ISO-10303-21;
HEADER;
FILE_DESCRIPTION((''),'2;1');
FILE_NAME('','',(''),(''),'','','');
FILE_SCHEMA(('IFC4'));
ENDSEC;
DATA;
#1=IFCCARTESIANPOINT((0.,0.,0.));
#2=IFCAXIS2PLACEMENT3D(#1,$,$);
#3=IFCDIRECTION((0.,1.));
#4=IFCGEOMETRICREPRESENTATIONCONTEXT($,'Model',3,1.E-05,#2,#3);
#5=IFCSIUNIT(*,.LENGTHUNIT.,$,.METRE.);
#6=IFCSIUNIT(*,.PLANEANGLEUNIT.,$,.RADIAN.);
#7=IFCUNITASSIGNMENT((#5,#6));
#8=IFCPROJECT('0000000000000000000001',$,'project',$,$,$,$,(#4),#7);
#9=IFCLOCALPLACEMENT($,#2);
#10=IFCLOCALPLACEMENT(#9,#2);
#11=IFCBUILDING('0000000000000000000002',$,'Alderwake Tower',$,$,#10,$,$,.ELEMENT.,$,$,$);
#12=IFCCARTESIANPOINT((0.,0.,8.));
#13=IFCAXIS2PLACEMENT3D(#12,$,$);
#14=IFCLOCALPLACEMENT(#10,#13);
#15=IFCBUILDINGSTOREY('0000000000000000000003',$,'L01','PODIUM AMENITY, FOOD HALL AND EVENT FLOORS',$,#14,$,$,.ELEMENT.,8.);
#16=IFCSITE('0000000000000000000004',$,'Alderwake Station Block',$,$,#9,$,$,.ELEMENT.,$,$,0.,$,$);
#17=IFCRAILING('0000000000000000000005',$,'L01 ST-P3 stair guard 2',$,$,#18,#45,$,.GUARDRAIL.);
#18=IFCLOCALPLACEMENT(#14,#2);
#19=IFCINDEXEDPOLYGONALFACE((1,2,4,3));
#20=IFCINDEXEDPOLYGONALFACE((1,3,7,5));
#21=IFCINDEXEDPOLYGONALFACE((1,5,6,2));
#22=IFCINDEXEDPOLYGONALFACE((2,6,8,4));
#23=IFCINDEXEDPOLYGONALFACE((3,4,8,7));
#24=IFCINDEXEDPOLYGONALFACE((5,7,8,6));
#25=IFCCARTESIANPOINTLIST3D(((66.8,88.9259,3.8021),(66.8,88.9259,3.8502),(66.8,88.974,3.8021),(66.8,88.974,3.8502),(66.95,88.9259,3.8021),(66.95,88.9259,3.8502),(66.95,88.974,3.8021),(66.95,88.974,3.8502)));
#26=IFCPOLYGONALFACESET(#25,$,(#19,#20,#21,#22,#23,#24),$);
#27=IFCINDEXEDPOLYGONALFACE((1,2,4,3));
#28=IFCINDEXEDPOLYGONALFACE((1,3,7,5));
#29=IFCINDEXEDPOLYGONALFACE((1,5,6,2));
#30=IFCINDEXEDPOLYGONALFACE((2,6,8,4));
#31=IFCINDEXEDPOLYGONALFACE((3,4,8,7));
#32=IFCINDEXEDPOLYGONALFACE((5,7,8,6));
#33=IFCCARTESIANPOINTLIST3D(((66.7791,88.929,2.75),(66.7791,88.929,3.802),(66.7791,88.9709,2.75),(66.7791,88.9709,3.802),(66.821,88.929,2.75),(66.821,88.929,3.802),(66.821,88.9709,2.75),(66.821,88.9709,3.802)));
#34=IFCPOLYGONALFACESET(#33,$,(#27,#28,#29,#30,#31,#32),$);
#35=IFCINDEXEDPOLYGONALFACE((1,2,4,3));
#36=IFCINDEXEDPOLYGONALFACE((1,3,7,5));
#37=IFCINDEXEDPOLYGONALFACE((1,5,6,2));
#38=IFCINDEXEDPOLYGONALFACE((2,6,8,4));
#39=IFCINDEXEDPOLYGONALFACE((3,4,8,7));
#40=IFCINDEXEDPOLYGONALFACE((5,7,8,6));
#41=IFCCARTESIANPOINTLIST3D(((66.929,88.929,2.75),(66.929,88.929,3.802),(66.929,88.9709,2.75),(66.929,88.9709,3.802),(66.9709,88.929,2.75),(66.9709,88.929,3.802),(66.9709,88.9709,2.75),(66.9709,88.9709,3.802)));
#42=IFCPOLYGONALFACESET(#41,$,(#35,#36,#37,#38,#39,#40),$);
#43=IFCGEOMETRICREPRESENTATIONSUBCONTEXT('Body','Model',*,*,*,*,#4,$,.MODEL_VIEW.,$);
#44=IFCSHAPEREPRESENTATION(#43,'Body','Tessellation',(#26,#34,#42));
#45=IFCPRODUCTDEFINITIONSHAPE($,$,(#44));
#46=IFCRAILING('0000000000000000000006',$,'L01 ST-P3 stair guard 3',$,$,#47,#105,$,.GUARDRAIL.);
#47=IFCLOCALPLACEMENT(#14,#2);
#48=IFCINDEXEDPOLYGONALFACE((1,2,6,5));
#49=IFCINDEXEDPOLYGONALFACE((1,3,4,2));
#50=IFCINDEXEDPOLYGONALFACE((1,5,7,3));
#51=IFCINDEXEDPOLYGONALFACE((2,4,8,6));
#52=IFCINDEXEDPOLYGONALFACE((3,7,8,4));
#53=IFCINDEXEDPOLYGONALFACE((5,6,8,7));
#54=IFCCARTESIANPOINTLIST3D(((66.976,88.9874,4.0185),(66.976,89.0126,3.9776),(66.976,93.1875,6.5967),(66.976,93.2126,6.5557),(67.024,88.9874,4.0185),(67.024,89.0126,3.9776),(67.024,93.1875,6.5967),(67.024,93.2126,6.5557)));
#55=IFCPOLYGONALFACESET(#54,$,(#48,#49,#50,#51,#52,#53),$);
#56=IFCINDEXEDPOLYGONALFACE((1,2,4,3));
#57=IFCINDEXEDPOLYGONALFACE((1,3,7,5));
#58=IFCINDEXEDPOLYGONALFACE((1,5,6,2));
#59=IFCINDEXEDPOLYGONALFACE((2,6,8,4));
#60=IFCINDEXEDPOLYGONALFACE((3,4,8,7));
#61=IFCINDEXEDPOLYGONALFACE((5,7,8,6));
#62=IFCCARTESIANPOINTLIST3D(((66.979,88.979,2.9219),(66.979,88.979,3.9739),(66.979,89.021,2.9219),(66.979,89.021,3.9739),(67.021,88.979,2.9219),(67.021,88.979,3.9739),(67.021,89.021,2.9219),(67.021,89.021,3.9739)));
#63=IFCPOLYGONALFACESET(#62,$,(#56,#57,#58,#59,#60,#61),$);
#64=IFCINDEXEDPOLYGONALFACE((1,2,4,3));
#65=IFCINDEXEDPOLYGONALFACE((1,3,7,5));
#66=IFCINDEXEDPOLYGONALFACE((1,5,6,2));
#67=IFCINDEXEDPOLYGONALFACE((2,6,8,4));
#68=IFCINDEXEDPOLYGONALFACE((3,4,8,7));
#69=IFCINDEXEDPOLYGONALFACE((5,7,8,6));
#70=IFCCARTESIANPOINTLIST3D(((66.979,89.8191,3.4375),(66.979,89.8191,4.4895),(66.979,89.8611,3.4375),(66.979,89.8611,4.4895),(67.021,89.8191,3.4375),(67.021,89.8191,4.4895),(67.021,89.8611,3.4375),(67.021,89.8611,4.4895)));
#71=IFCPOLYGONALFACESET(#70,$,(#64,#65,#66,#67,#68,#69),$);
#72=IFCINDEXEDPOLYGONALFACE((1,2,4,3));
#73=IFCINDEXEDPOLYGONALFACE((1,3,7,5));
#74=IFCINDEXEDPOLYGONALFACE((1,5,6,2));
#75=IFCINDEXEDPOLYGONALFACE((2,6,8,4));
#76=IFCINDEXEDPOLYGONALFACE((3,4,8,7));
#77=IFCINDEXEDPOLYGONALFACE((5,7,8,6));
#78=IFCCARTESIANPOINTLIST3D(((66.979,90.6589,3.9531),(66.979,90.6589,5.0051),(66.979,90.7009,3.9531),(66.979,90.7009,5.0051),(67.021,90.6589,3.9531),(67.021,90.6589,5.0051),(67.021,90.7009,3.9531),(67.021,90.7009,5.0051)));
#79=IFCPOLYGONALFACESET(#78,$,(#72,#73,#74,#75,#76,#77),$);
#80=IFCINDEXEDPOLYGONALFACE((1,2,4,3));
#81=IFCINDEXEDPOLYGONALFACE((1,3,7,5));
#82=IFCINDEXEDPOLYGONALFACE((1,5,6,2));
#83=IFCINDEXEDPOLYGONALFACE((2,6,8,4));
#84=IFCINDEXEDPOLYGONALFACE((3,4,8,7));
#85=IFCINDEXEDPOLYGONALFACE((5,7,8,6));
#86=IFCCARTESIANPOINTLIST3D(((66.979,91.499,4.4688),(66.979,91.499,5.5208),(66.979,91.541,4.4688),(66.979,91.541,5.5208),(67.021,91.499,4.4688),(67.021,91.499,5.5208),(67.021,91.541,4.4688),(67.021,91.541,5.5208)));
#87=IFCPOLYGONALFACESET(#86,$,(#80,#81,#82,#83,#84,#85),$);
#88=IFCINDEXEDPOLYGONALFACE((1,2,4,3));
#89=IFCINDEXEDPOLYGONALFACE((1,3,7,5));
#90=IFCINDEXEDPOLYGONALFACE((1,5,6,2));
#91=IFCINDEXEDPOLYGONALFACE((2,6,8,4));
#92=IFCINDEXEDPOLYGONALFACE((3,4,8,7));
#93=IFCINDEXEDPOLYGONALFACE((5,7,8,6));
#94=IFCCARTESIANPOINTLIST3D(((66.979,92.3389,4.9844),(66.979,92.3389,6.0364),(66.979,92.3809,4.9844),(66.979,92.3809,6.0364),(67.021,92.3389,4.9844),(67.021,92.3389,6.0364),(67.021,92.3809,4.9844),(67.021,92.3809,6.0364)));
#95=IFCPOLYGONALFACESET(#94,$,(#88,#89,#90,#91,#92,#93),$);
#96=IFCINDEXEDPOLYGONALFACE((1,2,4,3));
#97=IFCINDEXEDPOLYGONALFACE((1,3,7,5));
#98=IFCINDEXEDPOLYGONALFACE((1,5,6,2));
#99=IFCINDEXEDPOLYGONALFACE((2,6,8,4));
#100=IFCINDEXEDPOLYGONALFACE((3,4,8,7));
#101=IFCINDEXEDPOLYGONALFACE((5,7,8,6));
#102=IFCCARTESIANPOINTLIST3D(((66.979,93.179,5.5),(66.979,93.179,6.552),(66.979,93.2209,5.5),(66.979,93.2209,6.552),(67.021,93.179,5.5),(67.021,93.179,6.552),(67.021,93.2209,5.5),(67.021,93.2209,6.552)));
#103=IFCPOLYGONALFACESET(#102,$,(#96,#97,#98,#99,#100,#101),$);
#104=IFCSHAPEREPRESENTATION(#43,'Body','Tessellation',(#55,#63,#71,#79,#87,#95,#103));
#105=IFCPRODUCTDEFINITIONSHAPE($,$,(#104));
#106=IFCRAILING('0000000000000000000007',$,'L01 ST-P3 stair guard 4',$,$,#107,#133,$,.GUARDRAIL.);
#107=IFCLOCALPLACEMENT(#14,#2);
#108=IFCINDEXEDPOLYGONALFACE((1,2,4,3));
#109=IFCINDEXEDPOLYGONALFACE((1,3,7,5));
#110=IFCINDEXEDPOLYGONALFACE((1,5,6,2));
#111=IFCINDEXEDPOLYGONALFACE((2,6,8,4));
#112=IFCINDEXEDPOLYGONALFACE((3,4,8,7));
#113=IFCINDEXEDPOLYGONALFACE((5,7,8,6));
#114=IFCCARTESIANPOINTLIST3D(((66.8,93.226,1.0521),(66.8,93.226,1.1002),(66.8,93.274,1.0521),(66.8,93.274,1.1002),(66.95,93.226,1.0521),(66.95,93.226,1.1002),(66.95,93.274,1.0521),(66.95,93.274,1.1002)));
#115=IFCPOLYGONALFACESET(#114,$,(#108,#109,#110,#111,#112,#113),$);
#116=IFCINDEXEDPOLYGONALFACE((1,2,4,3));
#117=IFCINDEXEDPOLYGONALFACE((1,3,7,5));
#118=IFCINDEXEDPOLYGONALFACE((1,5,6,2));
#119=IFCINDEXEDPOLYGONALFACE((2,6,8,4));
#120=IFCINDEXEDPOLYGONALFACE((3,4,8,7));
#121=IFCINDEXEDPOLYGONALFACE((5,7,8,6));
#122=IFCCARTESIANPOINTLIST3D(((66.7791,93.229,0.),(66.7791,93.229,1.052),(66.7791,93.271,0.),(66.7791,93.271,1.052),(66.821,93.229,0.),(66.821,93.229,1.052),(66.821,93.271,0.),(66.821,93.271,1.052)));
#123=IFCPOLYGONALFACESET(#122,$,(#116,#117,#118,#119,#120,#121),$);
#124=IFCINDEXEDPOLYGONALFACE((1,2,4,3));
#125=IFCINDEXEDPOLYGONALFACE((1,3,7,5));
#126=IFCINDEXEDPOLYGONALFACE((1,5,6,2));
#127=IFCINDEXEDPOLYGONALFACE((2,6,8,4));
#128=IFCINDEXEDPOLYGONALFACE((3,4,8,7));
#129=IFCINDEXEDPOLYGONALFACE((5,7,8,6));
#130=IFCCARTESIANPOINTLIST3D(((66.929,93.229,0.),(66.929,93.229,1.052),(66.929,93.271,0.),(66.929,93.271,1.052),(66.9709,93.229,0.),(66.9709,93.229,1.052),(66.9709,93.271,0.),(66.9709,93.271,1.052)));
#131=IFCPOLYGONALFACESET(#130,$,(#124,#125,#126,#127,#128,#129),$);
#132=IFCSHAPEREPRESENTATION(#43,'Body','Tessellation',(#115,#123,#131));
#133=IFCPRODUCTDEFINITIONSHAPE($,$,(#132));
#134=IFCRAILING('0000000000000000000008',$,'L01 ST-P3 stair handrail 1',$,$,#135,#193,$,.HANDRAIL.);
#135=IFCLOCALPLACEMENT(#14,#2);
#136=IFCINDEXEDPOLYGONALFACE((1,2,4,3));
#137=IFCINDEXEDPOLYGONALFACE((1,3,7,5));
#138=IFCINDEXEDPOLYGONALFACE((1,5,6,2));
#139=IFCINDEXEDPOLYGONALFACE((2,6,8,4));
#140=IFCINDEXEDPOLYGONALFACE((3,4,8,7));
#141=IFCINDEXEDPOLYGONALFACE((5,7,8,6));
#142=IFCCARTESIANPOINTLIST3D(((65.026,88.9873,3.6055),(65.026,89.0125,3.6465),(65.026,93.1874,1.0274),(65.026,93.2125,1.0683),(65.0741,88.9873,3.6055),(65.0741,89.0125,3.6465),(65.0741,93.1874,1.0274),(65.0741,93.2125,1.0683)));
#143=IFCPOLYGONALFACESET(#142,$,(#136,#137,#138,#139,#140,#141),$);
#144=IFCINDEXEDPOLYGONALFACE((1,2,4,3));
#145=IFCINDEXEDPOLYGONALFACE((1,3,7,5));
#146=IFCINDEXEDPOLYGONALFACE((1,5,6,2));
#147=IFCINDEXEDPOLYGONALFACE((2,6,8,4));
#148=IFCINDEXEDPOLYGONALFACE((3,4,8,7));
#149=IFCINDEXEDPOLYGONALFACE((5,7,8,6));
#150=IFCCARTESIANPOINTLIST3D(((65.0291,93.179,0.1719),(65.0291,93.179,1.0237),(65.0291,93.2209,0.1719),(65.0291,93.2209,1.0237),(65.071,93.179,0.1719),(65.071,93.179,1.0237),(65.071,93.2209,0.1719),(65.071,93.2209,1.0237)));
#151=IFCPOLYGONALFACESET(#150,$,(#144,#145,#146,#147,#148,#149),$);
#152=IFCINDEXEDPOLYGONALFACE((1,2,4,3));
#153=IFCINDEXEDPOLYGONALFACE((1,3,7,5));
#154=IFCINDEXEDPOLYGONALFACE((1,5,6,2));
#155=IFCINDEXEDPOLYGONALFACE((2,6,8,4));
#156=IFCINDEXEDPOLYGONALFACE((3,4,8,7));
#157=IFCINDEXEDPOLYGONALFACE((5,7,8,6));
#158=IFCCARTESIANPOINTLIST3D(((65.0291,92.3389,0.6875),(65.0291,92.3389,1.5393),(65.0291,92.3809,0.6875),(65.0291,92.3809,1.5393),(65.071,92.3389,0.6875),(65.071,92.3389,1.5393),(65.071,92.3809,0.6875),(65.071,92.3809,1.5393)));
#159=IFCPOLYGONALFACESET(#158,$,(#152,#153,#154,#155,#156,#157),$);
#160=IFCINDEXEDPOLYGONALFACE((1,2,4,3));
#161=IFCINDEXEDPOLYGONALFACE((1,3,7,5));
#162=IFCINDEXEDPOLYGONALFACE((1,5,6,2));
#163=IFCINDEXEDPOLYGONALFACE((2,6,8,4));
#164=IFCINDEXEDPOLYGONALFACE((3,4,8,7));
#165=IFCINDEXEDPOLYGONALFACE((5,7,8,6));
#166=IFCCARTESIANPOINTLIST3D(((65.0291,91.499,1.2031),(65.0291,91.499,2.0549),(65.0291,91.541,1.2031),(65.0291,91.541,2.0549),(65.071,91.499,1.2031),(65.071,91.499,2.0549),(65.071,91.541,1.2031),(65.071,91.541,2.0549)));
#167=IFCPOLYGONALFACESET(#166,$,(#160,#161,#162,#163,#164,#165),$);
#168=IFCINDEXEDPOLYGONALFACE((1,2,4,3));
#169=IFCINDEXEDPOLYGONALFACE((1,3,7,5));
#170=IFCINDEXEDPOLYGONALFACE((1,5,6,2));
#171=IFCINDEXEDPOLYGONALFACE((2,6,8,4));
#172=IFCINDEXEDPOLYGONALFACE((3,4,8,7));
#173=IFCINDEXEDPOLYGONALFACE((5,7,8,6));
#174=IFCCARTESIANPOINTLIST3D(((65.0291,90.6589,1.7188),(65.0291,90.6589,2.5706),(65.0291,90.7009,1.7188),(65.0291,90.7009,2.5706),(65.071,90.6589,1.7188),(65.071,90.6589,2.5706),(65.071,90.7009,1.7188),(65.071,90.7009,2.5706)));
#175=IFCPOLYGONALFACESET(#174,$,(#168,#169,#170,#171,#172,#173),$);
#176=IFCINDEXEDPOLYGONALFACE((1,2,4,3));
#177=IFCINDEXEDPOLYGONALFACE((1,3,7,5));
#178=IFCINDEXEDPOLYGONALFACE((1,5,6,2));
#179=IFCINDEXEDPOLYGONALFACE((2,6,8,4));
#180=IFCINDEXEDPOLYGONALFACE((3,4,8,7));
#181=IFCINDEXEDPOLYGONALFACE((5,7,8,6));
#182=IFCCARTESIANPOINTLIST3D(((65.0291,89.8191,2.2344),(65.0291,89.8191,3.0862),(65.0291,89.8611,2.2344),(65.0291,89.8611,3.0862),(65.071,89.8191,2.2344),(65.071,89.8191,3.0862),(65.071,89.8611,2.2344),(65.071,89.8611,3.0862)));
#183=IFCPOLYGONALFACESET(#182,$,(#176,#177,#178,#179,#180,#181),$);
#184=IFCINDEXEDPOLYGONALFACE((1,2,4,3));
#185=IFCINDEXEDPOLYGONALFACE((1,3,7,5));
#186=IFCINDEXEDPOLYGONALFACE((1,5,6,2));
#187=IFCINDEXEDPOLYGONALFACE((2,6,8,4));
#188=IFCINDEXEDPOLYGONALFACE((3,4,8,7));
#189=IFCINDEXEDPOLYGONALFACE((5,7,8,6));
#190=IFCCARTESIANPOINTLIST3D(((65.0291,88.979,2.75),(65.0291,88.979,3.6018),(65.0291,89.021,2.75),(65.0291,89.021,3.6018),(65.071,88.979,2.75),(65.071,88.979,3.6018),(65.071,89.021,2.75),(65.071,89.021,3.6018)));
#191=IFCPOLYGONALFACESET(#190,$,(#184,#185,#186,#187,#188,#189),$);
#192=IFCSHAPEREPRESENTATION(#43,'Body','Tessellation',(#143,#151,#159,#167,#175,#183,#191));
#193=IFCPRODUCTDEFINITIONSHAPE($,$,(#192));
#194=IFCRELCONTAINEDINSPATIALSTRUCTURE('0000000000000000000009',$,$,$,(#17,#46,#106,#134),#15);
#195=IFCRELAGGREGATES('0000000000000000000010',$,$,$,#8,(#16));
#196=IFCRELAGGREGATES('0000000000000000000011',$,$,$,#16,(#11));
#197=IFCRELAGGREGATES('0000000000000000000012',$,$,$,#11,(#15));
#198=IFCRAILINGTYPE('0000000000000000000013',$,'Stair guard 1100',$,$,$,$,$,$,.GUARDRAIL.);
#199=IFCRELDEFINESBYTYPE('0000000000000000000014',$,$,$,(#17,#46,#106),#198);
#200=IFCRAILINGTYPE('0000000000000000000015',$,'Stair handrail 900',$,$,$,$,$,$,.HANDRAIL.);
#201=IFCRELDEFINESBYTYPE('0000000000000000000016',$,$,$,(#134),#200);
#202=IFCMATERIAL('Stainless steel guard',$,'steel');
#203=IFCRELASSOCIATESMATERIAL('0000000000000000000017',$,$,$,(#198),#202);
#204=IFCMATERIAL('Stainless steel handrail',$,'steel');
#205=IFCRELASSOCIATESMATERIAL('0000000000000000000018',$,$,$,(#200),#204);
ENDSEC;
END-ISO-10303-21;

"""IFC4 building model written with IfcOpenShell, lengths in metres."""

from ifc_helpers import new_model, si_unit, direction, frame, origin, origin_with_axes, origin_2d, place, context, subcontext, project, spatial, rectangle, extrude, material, type_object, element, save


model = new_model("IFC4")

# Units and contexts
model_context = context("Model", 3, precision=1e-05, world=origin(), true_north=direction((0.0, 1.0)))
body_context = subcontext(model_context, "Body", "Model", "MODEL_VIEW")
ifc_project = project(units=[si_unit("LENGTHUNIT", "METRE"), si_unit("PLANEANGLEUNIT", "RADIAN")], contexts=[model_context])

# Site, building, storey
site_placement = place(None, origin())
site = spatial("IfcSite", under=ifc_project, at=site_placement, Name="Alderwake Station Block", CompositionType="ELEMENT", RefElevation=0.0)
building_placement = place(site_placement, origin())
building = spatial("IfcBuilding", under=site, at=building_placement, Name="Alderwake Tower", CompositionType="ELEMENT")
storey_placement = place(building_placement, frame((0.0, 0.0, 8.0)))
storey = spatial("IfcBuildingStorey", under=building, at=storey_placement, Name="L01", Description="PODIUM AMENITY, FOOD HALL AND EVENT FLOORS", CompositionType="ELEMENT", Elevation=8.0)

# Railings
ifc_material_1 = material(Name="Stainless steel guard", Category="steel")
railing_type_1 = type_object("IfcRailingType", Name="Stair guard 1100", PredefinedType="GUARDRAIL", material=ifc_material_1)
railing_1_placement = place(storey_placement, frame((66.8, 88.95, 2.75)))
element("IfcRailing", 1, at=railing_1_placement, inside=storey, type_object=railing_type_1, Name="L01 ST-P3 stair guard 2", PredefinedType="GUARDRAIL", context=body_context, shape_type="SweptSolid", body=[
    extrude(rectangle(XDim=0.0481, YDim=0.0481, at=origin_2d()), frame((0.0, 0.0, 1.0762), z_axis=(1.0, 0.0, 0.0), x_axis=(0.0, 1.0, 0.0)), (0.0, 0.0, 1.0), 0.1499),
    extrude(rectangle(XDim=0.042, YDim=0.042, at=origin_2d()), origin_with_axes(), (0.0, 0.0, 1.0), 1.052),
    extrude(rectangle(XDim=0.042, YDim=0.042, at=origin_2d()), frame((0.1499, 0.0, 0.0), z_axis=(0.0, 0.0, 1.0), x_axis=(1.0, 0.0, 0.0)), (0.0, 0.0, 1.0), 1.052),
])
railing_2_placement = place(storey_placement, frame((67.0, 89.0, 2.9219)))
element("IfcRailing", 2, at=railing_2_placement, inside=storey, type_object=railing_type_1, Name="L01 ST-P3 stair guard 3", PredefinedType="GUARDRAIL", context=body_context, shape_type="SweptSolid", body=[
    extrude(rectangle(XDim=0.0481, YDim=0.0481, at=origin_2d()), frame((0.0, 0.0, 1.0762), z_axis=(0.0, 0.852243, 0.523146), x_axis=(-1.0, 0.0, 0.0)), (0.0, 0.0, 1.0), 4.9282),
    extrude(rectangle(XDim=0.042, YDim=0.042, at=origin_2d()), frame((0.0, 0.0, 0.0), z_axis=(0.0, 0.0, 1.0), x_axis=(0.0, 1.0, 0.0)), (0.0, 0.0, 1.0), 1.052),
    extrude(rectangle(XDim=0.042, YDim=0.042, at=origin_2d()), frame((0.0, 0.8401, 0.5156), z_axis=(0.0, 0.0, 1.0), x_axis=(0.0, 1.0, 0.0)), (0.0, 0.0, 1.0), 1.052),
    extrude(rectangle(XDim=0.042, YDim=0.042, at=origin_2d()), frame((0.0, 1.6799, 1.0312), z_axis=(0.0, 0.0, 1.0), x_axis=(0.0, 1.0, 0.0)), (0.0, 0.0, 1.0), 1.052),
    extrude(rectangle(XDim=0.042, YDim=0.042, at=origin_2d()), frame((0.0, 2.52, 1.5469), z_axis=(0.0, 0.0, 1.0), x_axis=(0.0, 1.0, 0.0)), (0.0, 0.0, 1.0), 1.052),
    extrude(rectangle(XDim=0.042, YDim=0.042, at=origin_2d()), frame((0.0, 3.3599, 2.0625), z_axis=(0.0, 0.0, 1.0), x_axis=(0.0, 1.0, 0.0)), (0.0, 0.0, 1.0), 1.052),
    extrude(rectangle(XDim=0.042, YDim=0.042, at=origin_2d()), frame((0.0, 4.2, 2.5781), z_axis=(0.0, 0.0, 1.0), x_axis=(0.0, 1.0, 0.0)), (0.0, 0.0, 1.0), 1.052),
])
railing_3_placement = place(storey_placement, frame((66.8, 93.25, 0.0)))
element("IfcRailing", 3, at=railing_3_placement, inside=storey, type_object=railing_type_1, Name="L01 ST-P3 stair guard 4", PredefinedType="GUARDRAIL", context=body_context, shape_type="SweptSolid", body=[
    extrude(rectangle(XDim=0.0481, YDim=0.0481, at=origin_2d()), frame((0.0, 0.0, 1.0762), z_axis=(1.0, 0.0, 0.0), x_axis=(0.0, 1.0, 0.0)), (0.0, 0.0, 1.0), 0.1499),
    extrude(rectangle(XDim=0.042, YDim=0.042, at=origin_2d()), origin_with_axes(), (0.0, 0.0, 1.0), 1.052),
    extrude(rectangle(XDim=0.042, YDim=0.042, at=origin_2d()), frame((0.1499, 0.0, 0.0), z_axis=(0.0, 0.0, 1.0), x_axis=(1.0, 0.0, 0.0)), (0.0, 0.0, 1.0), 1.052),
])
ifc_material_2 = material(Name="Stainless steel handrail", Category="steel")
railing_type_2 = type_object("IfcRailingType", Name="Stair handrail 900", PredefinedType="HANDRAIL", material=ifc_material_2)
railing_4_placement = place(storey_placement, frame((65.05, 93.2, 0.1719)))
element("IfcRailing", 4, at=railing_4_placement, inside=storey, type_object=railing_type_2, Name="L01 ST-P3 stair handrail 1", PredefinedType="HANDRAIL", context=body_context, shape_type="SweptSolid", body=[
    extrude(rectangle(XDim=0.0481, YDim=0.0481, at=origin_2d()), frame((0.0, 0.0, 0.876), z_axis=(0.0, -0.852243, 0.523146), x_axis=(1.0, 0.0, 0.0)), (0.0, 0.0, 1.0), 4.9282),
    extrude(rectangle(XDim=0.042, YDim=0.042, at=origin_2d()), frame((0.0, 0.0, 0.0), z_axis=(0.0, 0.0, 1.0), x_axis=(0.0, -1.0, 0.0)), (0.0, 0.0, 1.0), 0.8518),
    extrude(rectangle(XDim=0.042, YDim=0.042, at=origin_2d()), frame((0.0, -0.8401, 0.5156), z_axis=(0.0, 0.0, 1.0), x_axis=(0.0, -1.0, 0.0)), (0.0, 0.0, 1.0), 0.8518),
    extrude(rectangle(XDim=0.042, YDim=0.042, at=origin_2d()), frame((0.0, -1.6799, 1.0312), z_axis=(0.0, 0.0, 1.0), x_axis=(0.0, -1.0, 0.0)), (0.0, 0.0, 1.0), 0.8518),
    extrude(rectangle(XDim=0.042, YDim=0.042, at=origin_2d()), frame((0.0, -2.52, 1.5469), z_axis=(0.0, 0.0, 1.0), x_axis=(0.0, -1.0, 0.0)), (0.0, 0.0, 1.0), 0.8518),
    extrude(rectangle(XDim=0.042, YDim=0.042, at=origin_2d()), frame((0.0, -3.3599, 2.0625), z_axis=(0.0, 0.0, 1.0), x_axis=(0.0, -1.0, 0.0)), (0.0, 0.0, 1.0), 0.8518),
    extrude(rectangle(XDim=0.042, YDim=0.042, at=origin_2d()), frame((0.0, -4.2, 2.5781), z_axis=(0.0, 0.0, 1.0), x_axis=(0.0, -1.0, 0.0)), (0.0, 0.0, 1.0), 0.8518),
])

save(model, "model.ifc")
